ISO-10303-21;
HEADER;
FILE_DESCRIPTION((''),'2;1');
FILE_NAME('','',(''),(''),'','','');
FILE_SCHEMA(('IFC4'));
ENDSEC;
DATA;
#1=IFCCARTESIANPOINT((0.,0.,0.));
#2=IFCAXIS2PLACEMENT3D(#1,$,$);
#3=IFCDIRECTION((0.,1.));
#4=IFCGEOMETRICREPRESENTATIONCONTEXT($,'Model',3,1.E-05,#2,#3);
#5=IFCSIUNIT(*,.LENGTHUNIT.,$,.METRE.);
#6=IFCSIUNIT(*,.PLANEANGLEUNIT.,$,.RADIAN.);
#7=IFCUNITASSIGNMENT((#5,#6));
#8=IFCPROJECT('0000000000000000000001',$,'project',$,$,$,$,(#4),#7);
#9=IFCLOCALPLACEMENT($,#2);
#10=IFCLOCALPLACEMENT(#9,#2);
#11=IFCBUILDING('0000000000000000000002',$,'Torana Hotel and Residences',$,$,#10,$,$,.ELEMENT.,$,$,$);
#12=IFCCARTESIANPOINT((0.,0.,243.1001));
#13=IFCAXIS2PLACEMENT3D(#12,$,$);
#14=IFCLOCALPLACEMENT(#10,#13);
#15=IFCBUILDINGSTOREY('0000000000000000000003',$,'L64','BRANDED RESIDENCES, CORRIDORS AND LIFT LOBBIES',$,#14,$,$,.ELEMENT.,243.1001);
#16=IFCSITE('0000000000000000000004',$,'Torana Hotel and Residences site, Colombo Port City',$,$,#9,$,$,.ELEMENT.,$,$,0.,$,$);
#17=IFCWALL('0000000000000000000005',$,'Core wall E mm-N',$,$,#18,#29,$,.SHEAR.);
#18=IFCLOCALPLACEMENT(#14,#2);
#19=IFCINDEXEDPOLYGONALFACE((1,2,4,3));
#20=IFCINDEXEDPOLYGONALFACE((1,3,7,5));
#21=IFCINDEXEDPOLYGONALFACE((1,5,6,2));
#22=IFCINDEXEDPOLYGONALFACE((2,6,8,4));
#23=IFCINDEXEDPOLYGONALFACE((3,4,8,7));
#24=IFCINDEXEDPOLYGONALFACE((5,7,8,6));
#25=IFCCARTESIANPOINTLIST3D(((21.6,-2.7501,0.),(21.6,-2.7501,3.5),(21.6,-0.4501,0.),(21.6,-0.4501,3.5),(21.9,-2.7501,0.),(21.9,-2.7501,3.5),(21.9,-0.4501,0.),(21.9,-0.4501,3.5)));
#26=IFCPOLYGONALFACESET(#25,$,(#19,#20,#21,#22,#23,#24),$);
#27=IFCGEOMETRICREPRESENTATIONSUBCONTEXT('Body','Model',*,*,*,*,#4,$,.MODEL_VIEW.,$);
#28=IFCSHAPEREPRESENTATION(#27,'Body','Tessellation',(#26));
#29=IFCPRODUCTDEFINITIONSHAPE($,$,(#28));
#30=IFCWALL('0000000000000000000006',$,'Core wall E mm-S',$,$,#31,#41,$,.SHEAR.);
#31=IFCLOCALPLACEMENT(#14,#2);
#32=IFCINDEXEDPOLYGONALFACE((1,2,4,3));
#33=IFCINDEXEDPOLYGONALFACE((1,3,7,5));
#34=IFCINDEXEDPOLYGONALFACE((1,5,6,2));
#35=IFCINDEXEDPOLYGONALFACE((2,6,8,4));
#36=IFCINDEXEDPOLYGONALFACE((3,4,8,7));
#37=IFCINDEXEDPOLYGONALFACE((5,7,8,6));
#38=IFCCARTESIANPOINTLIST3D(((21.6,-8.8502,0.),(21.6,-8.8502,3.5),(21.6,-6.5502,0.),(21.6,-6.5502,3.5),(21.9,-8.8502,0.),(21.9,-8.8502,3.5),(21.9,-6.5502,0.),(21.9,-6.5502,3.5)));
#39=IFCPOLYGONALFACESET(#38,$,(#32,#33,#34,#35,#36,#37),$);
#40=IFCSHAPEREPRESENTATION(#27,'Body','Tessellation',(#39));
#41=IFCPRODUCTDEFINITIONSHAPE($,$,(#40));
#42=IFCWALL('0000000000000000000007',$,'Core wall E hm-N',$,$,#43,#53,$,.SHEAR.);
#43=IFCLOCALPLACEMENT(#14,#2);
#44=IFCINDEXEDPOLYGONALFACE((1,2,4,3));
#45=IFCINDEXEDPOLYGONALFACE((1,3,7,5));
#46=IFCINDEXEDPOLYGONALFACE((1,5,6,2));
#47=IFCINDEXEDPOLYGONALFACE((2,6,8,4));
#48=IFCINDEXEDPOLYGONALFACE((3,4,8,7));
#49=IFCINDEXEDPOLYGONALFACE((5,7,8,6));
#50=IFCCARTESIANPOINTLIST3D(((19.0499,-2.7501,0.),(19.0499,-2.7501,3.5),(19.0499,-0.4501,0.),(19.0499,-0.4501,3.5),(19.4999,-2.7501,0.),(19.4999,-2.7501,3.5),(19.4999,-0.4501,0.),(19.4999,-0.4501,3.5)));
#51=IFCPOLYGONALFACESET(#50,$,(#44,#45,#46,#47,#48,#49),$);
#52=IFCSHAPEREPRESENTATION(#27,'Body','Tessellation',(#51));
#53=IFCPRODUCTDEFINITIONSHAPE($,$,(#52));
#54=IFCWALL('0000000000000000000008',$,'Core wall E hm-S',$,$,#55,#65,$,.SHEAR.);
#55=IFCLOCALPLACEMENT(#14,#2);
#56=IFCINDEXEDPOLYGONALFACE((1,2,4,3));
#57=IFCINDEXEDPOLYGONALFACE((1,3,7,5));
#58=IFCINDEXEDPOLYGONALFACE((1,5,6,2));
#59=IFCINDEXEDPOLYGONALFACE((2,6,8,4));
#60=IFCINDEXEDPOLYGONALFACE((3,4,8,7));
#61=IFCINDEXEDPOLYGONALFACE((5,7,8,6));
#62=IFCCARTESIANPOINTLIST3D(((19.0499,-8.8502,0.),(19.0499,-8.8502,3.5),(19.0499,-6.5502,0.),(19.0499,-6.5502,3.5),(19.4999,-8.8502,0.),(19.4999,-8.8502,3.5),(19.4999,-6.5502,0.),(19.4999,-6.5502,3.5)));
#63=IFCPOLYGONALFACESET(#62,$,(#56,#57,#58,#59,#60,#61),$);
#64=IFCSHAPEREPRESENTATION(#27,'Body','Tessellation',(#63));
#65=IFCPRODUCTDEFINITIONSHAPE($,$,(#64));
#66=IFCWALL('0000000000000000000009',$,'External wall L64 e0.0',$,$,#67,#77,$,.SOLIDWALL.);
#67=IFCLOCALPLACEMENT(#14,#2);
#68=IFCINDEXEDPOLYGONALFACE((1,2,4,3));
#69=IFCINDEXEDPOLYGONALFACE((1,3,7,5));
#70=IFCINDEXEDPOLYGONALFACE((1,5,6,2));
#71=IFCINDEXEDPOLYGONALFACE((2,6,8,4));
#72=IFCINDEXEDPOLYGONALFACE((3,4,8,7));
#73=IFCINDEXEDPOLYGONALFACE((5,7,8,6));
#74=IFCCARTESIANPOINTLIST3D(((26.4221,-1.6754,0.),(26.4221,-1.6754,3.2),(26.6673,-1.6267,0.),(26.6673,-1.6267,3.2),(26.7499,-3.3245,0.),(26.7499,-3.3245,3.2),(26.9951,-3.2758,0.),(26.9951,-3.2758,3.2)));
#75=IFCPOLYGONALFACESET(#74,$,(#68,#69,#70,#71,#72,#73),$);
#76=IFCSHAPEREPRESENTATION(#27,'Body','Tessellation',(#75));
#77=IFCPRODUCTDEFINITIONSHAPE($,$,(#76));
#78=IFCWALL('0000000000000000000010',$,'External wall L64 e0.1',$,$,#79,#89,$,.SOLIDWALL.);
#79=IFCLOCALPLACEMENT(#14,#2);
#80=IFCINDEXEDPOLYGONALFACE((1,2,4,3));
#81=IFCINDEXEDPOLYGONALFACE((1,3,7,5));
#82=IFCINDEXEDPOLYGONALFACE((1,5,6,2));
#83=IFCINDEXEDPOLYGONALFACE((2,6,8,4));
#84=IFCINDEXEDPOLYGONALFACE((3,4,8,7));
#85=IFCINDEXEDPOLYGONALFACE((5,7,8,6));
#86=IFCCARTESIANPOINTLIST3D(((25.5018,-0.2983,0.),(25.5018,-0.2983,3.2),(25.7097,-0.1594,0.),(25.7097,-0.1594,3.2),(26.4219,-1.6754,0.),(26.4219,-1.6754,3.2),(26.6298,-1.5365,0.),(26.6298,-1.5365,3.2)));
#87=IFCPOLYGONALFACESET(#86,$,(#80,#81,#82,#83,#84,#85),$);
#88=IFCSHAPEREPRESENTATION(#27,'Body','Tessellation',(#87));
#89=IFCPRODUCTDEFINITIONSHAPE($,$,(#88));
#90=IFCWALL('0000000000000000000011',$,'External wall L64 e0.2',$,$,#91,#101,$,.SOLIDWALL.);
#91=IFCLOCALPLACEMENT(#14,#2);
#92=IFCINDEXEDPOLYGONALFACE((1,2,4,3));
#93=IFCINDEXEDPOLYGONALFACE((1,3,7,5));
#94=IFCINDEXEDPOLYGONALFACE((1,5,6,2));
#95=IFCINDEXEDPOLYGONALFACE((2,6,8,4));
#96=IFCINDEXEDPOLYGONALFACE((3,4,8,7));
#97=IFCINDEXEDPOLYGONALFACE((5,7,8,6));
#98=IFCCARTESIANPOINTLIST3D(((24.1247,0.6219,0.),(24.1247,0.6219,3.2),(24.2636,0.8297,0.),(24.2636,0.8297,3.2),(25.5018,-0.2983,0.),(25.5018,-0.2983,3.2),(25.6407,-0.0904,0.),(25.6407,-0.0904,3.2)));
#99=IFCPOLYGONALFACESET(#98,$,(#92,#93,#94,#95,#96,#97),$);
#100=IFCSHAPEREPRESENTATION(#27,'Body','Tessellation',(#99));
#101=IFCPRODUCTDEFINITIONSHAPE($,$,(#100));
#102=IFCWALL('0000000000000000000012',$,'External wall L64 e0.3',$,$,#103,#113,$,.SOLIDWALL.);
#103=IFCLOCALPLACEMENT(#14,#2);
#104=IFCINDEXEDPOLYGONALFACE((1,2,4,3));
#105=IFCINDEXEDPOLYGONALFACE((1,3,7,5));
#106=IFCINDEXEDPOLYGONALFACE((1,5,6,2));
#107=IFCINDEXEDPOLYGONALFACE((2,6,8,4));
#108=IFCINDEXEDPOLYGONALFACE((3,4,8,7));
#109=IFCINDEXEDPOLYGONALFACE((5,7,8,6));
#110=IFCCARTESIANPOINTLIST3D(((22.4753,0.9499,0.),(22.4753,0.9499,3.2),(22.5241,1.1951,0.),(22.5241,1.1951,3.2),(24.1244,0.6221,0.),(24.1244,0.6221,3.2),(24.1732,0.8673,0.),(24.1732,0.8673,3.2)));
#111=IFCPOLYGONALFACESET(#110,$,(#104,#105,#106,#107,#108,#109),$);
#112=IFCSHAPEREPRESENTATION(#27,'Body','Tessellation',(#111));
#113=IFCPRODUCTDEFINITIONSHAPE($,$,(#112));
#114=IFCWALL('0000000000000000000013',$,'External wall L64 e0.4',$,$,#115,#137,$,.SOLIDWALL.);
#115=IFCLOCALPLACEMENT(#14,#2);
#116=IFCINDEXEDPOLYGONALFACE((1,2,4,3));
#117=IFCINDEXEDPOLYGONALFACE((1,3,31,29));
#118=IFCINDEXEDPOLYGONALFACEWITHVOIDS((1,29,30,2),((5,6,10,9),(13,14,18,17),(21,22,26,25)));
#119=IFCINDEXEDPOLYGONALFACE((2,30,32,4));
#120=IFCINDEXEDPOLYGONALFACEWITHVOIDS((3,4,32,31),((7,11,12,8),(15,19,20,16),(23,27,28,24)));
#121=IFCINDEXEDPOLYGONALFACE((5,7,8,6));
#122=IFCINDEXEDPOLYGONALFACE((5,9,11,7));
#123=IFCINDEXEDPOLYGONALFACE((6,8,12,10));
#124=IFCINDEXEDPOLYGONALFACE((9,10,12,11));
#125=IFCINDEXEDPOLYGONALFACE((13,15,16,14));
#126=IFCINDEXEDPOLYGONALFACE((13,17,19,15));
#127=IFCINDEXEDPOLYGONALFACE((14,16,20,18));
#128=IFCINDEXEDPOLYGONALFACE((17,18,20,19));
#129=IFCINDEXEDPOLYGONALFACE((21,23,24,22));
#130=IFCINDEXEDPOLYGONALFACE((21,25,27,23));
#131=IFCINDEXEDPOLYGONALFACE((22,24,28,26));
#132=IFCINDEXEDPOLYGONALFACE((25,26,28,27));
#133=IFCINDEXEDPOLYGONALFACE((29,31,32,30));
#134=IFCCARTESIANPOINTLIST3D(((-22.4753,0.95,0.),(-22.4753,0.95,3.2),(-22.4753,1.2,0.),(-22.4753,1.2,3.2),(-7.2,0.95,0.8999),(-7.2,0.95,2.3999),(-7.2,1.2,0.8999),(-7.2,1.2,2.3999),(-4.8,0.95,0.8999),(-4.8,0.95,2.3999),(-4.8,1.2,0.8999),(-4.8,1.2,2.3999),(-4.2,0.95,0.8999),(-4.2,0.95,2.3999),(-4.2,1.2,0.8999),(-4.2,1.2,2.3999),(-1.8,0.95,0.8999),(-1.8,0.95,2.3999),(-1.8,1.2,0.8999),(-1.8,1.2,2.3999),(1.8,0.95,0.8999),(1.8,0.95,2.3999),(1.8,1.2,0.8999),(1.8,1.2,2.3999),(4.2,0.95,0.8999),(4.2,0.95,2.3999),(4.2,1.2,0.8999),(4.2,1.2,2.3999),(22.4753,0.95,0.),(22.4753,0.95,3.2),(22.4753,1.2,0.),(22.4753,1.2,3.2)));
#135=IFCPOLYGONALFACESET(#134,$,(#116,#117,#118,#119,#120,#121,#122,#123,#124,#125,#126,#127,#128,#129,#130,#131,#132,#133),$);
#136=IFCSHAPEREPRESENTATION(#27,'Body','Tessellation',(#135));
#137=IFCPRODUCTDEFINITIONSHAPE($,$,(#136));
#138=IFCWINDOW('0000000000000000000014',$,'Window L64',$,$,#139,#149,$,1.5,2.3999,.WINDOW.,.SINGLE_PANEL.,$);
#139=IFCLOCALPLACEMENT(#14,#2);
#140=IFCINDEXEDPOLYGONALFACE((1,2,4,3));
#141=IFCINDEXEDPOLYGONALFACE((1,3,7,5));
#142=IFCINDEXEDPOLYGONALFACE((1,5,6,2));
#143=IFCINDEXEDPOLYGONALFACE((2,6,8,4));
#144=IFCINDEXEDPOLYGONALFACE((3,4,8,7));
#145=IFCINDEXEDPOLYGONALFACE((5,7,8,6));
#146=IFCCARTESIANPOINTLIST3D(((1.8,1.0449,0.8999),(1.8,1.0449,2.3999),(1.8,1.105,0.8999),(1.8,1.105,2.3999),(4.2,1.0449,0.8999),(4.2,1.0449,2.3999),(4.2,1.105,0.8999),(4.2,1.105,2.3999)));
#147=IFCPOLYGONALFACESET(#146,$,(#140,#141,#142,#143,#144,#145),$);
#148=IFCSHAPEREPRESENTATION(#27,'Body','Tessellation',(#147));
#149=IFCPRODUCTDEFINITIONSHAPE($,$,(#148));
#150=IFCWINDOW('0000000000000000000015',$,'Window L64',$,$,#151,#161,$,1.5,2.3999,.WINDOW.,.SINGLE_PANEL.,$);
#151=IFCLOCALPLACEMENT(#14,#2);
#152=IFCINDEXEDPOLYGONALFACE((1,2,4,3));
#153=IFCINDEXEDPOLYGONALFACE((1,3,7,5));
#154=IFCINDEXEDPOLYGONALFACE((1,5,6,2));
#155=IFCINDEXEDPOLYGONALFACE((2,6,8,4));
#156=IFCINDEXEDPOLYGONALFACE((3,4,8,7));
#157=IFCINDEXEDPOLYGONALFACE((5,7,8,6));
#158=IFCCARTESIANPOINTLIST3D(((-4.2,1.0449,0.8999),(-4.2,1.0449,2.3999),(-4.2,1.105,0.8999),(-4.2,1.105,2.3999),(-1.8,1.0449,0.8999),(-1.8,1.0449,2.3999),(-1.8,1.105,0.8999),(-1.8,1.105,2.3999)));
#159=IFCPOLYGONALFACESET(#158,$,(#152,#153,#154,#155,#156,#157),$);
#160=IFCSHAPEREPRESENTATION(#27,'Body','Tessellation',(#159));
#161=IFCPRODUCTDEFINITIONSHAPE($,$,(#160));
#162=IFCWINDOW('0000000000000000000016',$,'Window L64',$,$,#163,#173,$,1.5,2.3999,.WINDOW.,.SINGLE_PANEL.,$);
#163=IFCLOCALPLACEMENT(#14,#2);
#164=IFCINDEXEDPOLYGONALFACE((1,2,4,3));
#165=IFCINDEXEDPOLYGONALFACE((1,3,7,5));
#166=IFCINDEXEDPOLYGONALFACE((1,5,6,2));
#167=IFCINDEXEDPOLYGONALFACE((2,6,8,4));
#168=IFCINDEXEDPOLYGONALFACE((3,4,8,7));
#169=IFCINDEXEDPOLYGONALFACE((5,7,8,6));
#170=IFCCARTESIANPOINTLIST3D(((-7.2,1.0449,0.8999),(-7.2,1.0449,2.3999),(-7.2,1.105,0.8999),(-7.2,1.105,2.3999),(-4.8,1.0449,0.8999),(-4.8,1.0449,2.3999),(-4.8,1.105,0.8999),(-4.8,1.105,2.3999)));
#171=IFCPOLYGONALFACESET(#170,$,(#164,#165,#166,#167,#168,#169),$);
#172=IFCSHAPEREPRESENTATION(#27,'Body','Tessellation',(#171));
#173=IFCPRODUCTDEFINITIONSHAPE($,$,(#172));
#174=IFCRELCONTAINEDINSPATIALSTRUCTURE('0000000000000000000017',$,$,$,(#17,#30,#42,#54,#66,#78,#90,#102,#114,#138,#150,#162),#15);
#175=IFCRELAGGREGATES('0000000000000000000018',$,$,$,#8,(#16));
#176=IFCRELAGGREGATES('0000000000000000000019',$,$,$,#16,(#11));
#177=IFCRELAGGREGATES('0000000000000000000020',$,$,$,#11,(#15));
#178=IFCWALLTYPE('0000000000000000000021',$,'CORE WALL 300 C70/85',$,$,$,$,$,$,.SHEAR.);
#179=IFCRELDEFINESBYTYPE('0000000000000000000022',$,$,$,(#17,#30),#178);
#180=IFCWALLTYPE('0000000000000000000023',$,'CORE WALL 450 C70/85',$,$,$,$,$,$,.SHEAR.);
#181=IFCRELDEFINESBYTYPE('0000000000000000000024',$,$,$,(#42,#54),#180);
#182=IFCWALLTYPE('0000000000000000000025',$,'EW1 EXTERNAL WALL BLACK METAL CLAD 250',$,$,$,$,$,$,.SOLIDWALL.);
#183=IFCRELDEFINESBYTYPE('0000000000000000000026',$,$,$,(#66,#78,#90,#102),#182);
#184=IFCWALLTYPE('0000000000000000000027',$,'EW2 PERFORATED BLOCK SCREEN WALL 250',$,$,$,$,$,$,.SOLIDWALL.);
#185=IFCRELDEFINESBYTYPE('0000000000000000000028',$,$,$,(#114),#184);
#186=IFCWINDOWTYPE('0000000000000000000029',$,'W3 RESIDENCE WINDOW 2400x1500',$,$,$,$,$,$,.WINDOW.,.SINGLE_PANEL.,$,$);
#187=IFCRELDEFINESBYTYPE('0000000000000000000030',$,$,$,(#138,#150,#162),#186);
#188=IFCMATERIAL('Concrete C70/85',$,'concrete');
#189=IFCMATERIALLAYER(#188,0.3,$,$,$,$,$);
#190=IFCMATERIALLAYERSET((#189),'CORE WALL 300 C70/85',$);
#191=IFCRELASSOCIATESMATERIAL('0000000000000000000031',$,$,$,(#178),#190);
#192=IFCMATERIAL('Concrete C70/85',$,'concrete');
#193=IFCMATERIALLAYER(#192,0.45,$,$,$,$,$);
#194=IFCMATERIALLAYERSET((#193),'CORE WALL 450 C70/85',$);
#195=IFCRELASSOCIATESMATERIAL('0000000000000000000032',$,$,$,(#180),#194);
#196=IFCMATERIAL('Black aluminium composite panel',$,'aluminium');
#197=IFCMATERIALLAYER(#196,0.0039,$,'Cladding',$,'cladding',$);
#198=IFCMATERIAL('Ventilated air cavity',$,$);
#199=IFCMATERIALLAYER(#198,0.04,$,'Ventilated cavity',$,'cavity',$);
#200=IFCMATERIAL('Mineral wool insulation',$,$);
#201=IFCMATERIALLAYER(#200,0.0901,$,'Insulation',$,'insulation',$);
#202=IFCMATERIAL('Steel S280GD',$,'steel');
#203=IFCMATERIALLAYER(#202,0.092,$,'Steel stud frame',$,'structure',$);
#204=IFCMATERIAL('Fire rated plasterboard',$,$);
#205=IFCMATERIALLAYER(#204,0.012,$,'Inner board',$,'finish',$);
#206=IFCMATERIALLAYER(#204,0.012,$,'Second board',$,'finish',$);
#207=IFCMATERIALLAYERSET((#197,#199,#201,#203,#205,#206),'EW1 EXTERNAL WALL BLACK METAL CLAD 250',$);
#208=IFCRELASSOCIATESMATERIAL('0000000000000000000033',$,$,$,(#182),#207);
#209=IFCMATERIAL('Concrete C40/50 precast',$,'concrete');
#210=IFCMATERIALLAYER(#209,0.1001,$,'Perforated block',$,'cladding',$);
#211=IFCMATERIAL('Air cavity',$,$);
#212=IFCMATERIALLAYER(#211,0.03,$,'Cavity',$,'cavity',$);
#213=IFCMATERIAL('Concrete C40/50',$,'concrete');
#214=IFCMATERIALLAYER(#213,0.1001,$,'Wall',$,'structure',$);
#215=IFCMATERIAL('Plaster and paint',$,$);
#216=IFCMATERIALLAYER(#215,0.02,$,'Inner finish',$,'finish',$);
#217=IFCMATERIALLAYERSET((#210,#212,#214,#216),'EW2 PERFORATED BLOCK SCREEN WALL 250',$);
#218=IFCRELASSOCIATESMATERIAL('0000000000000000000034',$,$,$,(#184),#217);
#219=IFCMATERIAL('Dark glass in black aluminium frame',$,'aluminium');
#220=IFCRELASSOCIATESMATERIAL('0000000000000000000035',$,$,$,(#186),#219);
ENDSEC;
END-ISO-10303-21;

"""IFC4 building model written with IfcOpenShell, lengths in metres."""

from ifc_helpers import new_model, si_unit, direction, frame, frame_2d, origin, place, context, subcontext, project, spatial, rectangle, extrude, material, layer, layer_set, type_object, element, fill, save


model = new_model("IFC4")

# Units and contexts
model_context = context("Model", 3, precision=1e-05, world=origin(), true_north=direction((0.0, 1.0)))
body_context = subcontext(model_context, "Body", "Model", "MODEL_VIEW")
ifc_project = project(units=[si_unit("LENGTHUNIT", "METRE"), si_unit("PLANEANGLEUNIT", "RADIAN")], contexts=[model_context])

# Site, building, storey
site_placement = place(None, origin())
site = spatial("IfcSite", under=ifc_project, at=site_placement, Name="Torana Hotel and Residences site, Colombo Port City", CompositionType="ELEMENT", RefElevation=0.0)
building_placement = place(site_placement, origin())
building = spatial("IfcBuilding", under=site, at=building_placement, Name="Torana Hotel and Residences", CompositionType="ELEMENT")
storey_placement = place(building_placement, frame((0.0, 0.0, 243.1001)))
storey = spatial("IfcBuildingStorey", under=building, at=storey_placement, Name="L64", Description="BRANDED RESIDENCES, CORRIDORS AND LIFT LOBBIES", CompositionType="ELEMENT", Elevation=243.1001)

# Walls
ifc_material_1 = material(Name="Concrete C70/85", Category="concrete")
ifc_layer_1 = layer(ifc_material_1, 0.3)
ifc_layer_set_1 = layer_set([ifc_layer_1], Name="CORE WALL 300 C70/85")
wall_type_1 = type_object("IfcWallType", Name="CORE WALL 300 C70/85", PredefinedType="SHEAR", material=ifc_layer_set_1)
for number, where, z_axis, x_axis, name in (
    (1, (21.75, -2.75, 0.0), (0.0, 0.0, 1.0), (0.0, 1.0, 0.0), "Core wall E mm-N"),
    (2, (21.75, -8.8501, 0.0), (0.0, 0.0, 1.0), (0.0, 1.0, 0.0), "Core wall E mm-S"),
):
    element("IfcWall", number, at=place(storey_placement, frame(where, z_axis=z_axis, x_axis=x_axis)), inside=storey, type_object=wall_type_1, Name=name, PredefinedType="SHEAR", context=body_context, shape_type="SweptSolid", body=[
        extrude(rectangle(XDim=2.3, YDim=0.3, at=frame_2d((1.1499, 0.0))), origin(), (0.0, 0.0, 1.0), 3.5),
    ])
ifc_material_2 = material(Name="Concrete C70/85", Category="concrete")
ifc_layer_2 = layer(ifc_material_2, 0.45)
ifc_layer_set_2 = layer_set([ifc_layer_2], Name="CORE WALL 450 C70/85")
wall_type_2 = type_object("IfcWallType", Name="CORE WALL 450 C70/85", PredefinedType="SHEAR", material=ifc_layer_set_2)
for number, where, z_axis, x_axis, name in (
    (3, (19.2749, -2.75, 0.0), (0.0, 0.0, 1.0), (0.0, 1.0, 0.0), "Core wall E hm-N"),
    (4, (19.2749, -8.8501, 0.0), (0.0, 0.0, 1.0), (0.0, 1.0, 0.0), "Core wall E hm-S"),
):
    element("IfcWall", number, at=place(storey_placement, frame(where, z_axis=z_axis, x_axis=x_axis)), inside=storey, type_object=wall_type_2, Name=name, PredefinedType="SHEAR", context=body_context, shape_type="SweptSolid", body=[
        extrude(rectangle(XDim=2.3, YDim=0.45, at=frame_2d((1.1499, 0.0))), origin(), (0.0, 0.0, 1.0), 3.5),
    ])
ifc_material_3 = material(Name="Black aluminium composite panel", Category="aluminium")
ifc_layer_3 = layer(ifc_material_3, 0.0039, Name="Cladding", Category="cladding")
ifc_material_4 = material(Name="Ventilated air cavity")
ifc_layer_4 = layer(ifc_material_4, 0.04, Name="Ventilated cavity", Category="cavity")
ifc_material_5 = material(Name="Mineral wool insulation")
ifc_layer_5 = layer(ifc_material_5, 0.0901, Name="Insulation", Category="insulation")
ifc_material_6 = material(Name="Steel S280GD", Category="steel")
ifc_layer_6 = layer(ifc_material_6, 0.092, Name="Steel stud frame", Category="structure")
ifc_material_7 = material(Name="Fire rated plasterboard")
ifc_layer_7 = layer(ifc_material_7, 0.012, Name="Inner board", Category="finish")
ifc_layer_8 = layer(ifc_material_7, 0.012, Name="Second board", Category="finish")
ifc_layer_set_3 = layer_set([ifc_layer_3, ifc_layer_4, ifc_layer_5, ifc_layer_6, ifc_layer_7, ifc_layer_8], Name="EW1 EXTERNAL WALL BLACK METAL CLAD 250")
wall_type_3 = type_object("IfcWallType", Name="EW1 EXTERNAL WALL BLACK METAL CLAD 250", PredefinedType="SOLIDWALL", material=ifc_layer_set_3)
wall_1_placement = place(storey_placement, frame((26.8726, -3.3003, 0.0), z_axis=(0.0, 0.0, 1.0), x_axis=(-0.194999, 0.980803, 0.0)))
element("IfcWall", 5, at=wall_1_placement, inside=storey, type_object=wall_type_3, Name="External wall L64 e0.0", PredefinedType="SOLIDWALL", context=body_context, shape_type="SweptSolid", body=[
    extrude(rectangle(XDim=1.6814, YDim=0.25, at=frame_2d((0.8408, 0.0))), origin(), (0.0, 0.0, 1.0), 3.2),
])
for number, where, z_axis, x_axis, name in (
    (6, (26.5259, -1.606, 0.0), (0.0, 0.0, 1.0), (-0.55555, 0.831483, 0.0), "External wall L64 e0.1"),
    (7, (25.5713, -0.1943, 0.0), (0.0, 0.0, 1.0), (-0.831483, 0.55555, 0.0), "External wall L64 e0.2"),
):
    element("IfcWall", number, at=place(storey_placement, frame(where, z_axis=z_axis, x_axis=x_axis)), inside=storey, type_object=wall_type_3, Name=name, PredefinedType="SOLIDWALL", context=body_context, shape_type="SweptSolid", body=[
        extrude(rectangle(XDim=1.6562, YDim=0.25, at=frame_2d((0.8281, 0.0))), origin(), (0.0, 0.0, 1.0), 3.2),
    ])
wall_2_placement = place(storey_placement, frame((24.1489, 0.7446, 0.0), z_axis=(0.0, 0.0, 1.0), x_axis=(-0.980803, 0.194999, 0.0)))
element("IfcWall", 8, at=wall_2_placement, inside=storey, type_object=wall_type_3, Name="External wall L64 e0.3", PredefinedType="SOLIDWALL", context=body_context, shape_type="SweptSolid", body=[
    extrude(rectangle(XDim=1.6814, YDim=0.25, at=frame_2d((0.8408, 0.0))), origin(), (0.0, 0.0, 1.0), 3.2),
])

# Wall, openings, windows
ifc_material_8 = material(Name="Concrete C40/50 precast", Category="concrete")
ifc_layer_9 = layer(ifc_material_8, 0.1001, Name="Perforated block", Category="cladding")
ifc_material_9 = material(Name="Air cavity")
ifc_layer_10 = layer(ifc_material_9, 0.03, Name="Cavity", Category="cavity")
ifc_material_10 = material(Name="Concrete C40/50", Category="concrete")
ifc_layer_11 = layer(ifc_material_10, 0.1001, Name="Wall", Category="structure")
ifc_material_11 = material(Name="Plaster and paint")
ifc_layer_12 = layer(ifc_material_11, 0.02, Name="Inner finish", Category="finish")
ifc_layer_set_4 = layer_set([ifc_layer_9, ifc_layer_10, ifc_layer_11, ifc_layer_12], Name="EW2 PERFORATED BLOCK SCREEN WALL 250")
wall_type_4 = type_object("IfcWallType", Name="EW2 PERFORATED BLOCK SCREEN WALL 250", PredefinedType="SOLIDWALL", material=ifc_layer_set_4)
wall_3_placement = place(storey_placement, frame((22.4753, 1.075, 0.0), z_axis=(0.0, 0.0, 1.0), x_axis=(-1.0, 0.0, 0.0)))
wall_3 = element("IfcWall", 9, at=wall_3_placement, inside=storey, type_object=wall_type_4, Name="External wall L64 e0.4", PredefinedType="SOLIDWALL", context=body_context, shape_type="SweptSolid", body=[
    extrude(rectangle(XDim=44.9507, YDim=0.25, at=frame_2d((22.4753, 0.0))), origin(), (0.0, 0.0, 1.0), 3.2),
])
opening_1_placement = place(wall_3_placement, frame((18.2754, 0.0, 0.8999)))
opening_1 = element("IfcOpeningElement", 10, at=opening_1_placement, cuts=wall_3, PredefinedType="OPENING", context=body_context, shape_type="SweptSolid", body=[
    extrude(rectangle(XDim=2.3999, YDim=1.5, at=frame_2d((1.2, 0.75))), frame((0.0, 0.135, 0.0), z_axis=(0.0, -1.0, 0.0), x_axis=(1.0, 0.0, 0.0)), (0.0, 0.0, 1.0), 0.27),
])
opening_2_placement = place(wall_3_placement, frame((24.2754, 0.0, 0.8999)))
opening_2 = element("IfcOpeningElement", 11, at=opening_2_placement, cuts=wall_3, PredefinedType="OPENING", context=body_context, shape_type="SweptSolid", body=[
    extrude(rectangle(XDim=2.3999, YDim=1.5, at=frame_2d((1.2, 0.75))), frame((0.0, 0.135, 0.0), z_axis=(0.0, -1.0, 0.0), x_axis=(1.0, 0.0, 0.0)), (0.0, 0.0, 1.0), 0.27),
])
opening_3_placement = place(wall_3_placement, frame((27.2754, 0.0, 0.8999)))
opening_3 = element("IfcOpeningElement", 12, at=opening_3_placement, cuts=wall_3, PredefinedType="OPENING", context=body_context, shape_type="SweptSolid", body=[
    extrude(rectangle(XDim=2.3999, YDim=1.5, at=frame_2d((1.2, 0.75))), frame((0.0, 0.135, 0.0), z_axis=(0.0, -1.0, 0.0), x_axis=(1.0, 0.0, 0.0)), (0.0, 0.0, 1.0), 0.27),
])
ifc_material_12 = material(Name="Dark glass in black aluminium frame", Category="aluminium")
window_type = type_object("IfcWindowType", Name="W3 RESIDENCE WINDOW 2400x1500", PartitioningType="SINGLE_PANEL", PredefinedType="WINDOW", material=ifc_material_12)
window_1_placement = place(opening_1_placement, origin())
window_1 = element("IfcWindow", 13, at=window_1_placement, inside=storey, type_object=window_type, Name="Window L64", OverallHeight=1.5, OverallWidth=2.3999, PartitioningType="SINGLE_PANEL", PredefinedType="WINDOW", context=body_context, shape_type="SweptSolid", body=[
    extrude(rectangle(XDim=2.3999, YDim=1.5, at=frame_2d((1.2, 0.75))), frame((0.0, 0.03, 0.0), z_axis=(0.0, -1.0, 0.0), x_axis=(1.0, 0.0, 0.0)), (0.0, 0.0, 1.0), 0.0601),
])
fill(opening_1, window_1)
window_2_placement = place(opening_2_placement, origin())
window_2 = element("IfcWindow", 14, at=window_2_placement, inside=storey, type_object=window_type, Name="Window L64", OverallHeight=1.5, OverallWidth=2.3999, PartitioningType="SINGLE_PANEL", PredefinedType="WINDOW", context=body_context, shape_type="SweptSolid", body=[
    extrude(rectangle(XDim=2.3999, YDim=1.5, at=frame_2d((1.2, 0.75))), frame((0.0, 0.03, 0.0), z_axis=(0.0, -1.0, 0.0), x_axis=(1.0, 0.0, 0.0)), (0.0, 0.0, 1.0), 0.0601),
])
fill(opening_2, window_2)
window_3_placement = place(opening_3_placement, origin())
window_3 = element("IfcWindow", 15, at=window_3_placement, inside=storey, type_object=window_type, Name="Window L64", OverallHeight=1.5, OverallWidth=2.3999, PartitioningType="SINGLE_PANEL", PredefinedType="WINDOW", context=body_context, shape_type="SweptSolid", body=[
    extrude(rectangle(XDim=2.3999, YDim=1.5, at=frame_2d((1.2, 0.75))), frame((0.0, 0.03, 0.0), z_axis=(0.0, -1.0, 0.0), x_axis=(1.0, 0.0, 0.0)), (0.0, 0.0, 1.0), 0.0601),
])
fill(opening_3, window_3)

save(model, "model.ifc")
